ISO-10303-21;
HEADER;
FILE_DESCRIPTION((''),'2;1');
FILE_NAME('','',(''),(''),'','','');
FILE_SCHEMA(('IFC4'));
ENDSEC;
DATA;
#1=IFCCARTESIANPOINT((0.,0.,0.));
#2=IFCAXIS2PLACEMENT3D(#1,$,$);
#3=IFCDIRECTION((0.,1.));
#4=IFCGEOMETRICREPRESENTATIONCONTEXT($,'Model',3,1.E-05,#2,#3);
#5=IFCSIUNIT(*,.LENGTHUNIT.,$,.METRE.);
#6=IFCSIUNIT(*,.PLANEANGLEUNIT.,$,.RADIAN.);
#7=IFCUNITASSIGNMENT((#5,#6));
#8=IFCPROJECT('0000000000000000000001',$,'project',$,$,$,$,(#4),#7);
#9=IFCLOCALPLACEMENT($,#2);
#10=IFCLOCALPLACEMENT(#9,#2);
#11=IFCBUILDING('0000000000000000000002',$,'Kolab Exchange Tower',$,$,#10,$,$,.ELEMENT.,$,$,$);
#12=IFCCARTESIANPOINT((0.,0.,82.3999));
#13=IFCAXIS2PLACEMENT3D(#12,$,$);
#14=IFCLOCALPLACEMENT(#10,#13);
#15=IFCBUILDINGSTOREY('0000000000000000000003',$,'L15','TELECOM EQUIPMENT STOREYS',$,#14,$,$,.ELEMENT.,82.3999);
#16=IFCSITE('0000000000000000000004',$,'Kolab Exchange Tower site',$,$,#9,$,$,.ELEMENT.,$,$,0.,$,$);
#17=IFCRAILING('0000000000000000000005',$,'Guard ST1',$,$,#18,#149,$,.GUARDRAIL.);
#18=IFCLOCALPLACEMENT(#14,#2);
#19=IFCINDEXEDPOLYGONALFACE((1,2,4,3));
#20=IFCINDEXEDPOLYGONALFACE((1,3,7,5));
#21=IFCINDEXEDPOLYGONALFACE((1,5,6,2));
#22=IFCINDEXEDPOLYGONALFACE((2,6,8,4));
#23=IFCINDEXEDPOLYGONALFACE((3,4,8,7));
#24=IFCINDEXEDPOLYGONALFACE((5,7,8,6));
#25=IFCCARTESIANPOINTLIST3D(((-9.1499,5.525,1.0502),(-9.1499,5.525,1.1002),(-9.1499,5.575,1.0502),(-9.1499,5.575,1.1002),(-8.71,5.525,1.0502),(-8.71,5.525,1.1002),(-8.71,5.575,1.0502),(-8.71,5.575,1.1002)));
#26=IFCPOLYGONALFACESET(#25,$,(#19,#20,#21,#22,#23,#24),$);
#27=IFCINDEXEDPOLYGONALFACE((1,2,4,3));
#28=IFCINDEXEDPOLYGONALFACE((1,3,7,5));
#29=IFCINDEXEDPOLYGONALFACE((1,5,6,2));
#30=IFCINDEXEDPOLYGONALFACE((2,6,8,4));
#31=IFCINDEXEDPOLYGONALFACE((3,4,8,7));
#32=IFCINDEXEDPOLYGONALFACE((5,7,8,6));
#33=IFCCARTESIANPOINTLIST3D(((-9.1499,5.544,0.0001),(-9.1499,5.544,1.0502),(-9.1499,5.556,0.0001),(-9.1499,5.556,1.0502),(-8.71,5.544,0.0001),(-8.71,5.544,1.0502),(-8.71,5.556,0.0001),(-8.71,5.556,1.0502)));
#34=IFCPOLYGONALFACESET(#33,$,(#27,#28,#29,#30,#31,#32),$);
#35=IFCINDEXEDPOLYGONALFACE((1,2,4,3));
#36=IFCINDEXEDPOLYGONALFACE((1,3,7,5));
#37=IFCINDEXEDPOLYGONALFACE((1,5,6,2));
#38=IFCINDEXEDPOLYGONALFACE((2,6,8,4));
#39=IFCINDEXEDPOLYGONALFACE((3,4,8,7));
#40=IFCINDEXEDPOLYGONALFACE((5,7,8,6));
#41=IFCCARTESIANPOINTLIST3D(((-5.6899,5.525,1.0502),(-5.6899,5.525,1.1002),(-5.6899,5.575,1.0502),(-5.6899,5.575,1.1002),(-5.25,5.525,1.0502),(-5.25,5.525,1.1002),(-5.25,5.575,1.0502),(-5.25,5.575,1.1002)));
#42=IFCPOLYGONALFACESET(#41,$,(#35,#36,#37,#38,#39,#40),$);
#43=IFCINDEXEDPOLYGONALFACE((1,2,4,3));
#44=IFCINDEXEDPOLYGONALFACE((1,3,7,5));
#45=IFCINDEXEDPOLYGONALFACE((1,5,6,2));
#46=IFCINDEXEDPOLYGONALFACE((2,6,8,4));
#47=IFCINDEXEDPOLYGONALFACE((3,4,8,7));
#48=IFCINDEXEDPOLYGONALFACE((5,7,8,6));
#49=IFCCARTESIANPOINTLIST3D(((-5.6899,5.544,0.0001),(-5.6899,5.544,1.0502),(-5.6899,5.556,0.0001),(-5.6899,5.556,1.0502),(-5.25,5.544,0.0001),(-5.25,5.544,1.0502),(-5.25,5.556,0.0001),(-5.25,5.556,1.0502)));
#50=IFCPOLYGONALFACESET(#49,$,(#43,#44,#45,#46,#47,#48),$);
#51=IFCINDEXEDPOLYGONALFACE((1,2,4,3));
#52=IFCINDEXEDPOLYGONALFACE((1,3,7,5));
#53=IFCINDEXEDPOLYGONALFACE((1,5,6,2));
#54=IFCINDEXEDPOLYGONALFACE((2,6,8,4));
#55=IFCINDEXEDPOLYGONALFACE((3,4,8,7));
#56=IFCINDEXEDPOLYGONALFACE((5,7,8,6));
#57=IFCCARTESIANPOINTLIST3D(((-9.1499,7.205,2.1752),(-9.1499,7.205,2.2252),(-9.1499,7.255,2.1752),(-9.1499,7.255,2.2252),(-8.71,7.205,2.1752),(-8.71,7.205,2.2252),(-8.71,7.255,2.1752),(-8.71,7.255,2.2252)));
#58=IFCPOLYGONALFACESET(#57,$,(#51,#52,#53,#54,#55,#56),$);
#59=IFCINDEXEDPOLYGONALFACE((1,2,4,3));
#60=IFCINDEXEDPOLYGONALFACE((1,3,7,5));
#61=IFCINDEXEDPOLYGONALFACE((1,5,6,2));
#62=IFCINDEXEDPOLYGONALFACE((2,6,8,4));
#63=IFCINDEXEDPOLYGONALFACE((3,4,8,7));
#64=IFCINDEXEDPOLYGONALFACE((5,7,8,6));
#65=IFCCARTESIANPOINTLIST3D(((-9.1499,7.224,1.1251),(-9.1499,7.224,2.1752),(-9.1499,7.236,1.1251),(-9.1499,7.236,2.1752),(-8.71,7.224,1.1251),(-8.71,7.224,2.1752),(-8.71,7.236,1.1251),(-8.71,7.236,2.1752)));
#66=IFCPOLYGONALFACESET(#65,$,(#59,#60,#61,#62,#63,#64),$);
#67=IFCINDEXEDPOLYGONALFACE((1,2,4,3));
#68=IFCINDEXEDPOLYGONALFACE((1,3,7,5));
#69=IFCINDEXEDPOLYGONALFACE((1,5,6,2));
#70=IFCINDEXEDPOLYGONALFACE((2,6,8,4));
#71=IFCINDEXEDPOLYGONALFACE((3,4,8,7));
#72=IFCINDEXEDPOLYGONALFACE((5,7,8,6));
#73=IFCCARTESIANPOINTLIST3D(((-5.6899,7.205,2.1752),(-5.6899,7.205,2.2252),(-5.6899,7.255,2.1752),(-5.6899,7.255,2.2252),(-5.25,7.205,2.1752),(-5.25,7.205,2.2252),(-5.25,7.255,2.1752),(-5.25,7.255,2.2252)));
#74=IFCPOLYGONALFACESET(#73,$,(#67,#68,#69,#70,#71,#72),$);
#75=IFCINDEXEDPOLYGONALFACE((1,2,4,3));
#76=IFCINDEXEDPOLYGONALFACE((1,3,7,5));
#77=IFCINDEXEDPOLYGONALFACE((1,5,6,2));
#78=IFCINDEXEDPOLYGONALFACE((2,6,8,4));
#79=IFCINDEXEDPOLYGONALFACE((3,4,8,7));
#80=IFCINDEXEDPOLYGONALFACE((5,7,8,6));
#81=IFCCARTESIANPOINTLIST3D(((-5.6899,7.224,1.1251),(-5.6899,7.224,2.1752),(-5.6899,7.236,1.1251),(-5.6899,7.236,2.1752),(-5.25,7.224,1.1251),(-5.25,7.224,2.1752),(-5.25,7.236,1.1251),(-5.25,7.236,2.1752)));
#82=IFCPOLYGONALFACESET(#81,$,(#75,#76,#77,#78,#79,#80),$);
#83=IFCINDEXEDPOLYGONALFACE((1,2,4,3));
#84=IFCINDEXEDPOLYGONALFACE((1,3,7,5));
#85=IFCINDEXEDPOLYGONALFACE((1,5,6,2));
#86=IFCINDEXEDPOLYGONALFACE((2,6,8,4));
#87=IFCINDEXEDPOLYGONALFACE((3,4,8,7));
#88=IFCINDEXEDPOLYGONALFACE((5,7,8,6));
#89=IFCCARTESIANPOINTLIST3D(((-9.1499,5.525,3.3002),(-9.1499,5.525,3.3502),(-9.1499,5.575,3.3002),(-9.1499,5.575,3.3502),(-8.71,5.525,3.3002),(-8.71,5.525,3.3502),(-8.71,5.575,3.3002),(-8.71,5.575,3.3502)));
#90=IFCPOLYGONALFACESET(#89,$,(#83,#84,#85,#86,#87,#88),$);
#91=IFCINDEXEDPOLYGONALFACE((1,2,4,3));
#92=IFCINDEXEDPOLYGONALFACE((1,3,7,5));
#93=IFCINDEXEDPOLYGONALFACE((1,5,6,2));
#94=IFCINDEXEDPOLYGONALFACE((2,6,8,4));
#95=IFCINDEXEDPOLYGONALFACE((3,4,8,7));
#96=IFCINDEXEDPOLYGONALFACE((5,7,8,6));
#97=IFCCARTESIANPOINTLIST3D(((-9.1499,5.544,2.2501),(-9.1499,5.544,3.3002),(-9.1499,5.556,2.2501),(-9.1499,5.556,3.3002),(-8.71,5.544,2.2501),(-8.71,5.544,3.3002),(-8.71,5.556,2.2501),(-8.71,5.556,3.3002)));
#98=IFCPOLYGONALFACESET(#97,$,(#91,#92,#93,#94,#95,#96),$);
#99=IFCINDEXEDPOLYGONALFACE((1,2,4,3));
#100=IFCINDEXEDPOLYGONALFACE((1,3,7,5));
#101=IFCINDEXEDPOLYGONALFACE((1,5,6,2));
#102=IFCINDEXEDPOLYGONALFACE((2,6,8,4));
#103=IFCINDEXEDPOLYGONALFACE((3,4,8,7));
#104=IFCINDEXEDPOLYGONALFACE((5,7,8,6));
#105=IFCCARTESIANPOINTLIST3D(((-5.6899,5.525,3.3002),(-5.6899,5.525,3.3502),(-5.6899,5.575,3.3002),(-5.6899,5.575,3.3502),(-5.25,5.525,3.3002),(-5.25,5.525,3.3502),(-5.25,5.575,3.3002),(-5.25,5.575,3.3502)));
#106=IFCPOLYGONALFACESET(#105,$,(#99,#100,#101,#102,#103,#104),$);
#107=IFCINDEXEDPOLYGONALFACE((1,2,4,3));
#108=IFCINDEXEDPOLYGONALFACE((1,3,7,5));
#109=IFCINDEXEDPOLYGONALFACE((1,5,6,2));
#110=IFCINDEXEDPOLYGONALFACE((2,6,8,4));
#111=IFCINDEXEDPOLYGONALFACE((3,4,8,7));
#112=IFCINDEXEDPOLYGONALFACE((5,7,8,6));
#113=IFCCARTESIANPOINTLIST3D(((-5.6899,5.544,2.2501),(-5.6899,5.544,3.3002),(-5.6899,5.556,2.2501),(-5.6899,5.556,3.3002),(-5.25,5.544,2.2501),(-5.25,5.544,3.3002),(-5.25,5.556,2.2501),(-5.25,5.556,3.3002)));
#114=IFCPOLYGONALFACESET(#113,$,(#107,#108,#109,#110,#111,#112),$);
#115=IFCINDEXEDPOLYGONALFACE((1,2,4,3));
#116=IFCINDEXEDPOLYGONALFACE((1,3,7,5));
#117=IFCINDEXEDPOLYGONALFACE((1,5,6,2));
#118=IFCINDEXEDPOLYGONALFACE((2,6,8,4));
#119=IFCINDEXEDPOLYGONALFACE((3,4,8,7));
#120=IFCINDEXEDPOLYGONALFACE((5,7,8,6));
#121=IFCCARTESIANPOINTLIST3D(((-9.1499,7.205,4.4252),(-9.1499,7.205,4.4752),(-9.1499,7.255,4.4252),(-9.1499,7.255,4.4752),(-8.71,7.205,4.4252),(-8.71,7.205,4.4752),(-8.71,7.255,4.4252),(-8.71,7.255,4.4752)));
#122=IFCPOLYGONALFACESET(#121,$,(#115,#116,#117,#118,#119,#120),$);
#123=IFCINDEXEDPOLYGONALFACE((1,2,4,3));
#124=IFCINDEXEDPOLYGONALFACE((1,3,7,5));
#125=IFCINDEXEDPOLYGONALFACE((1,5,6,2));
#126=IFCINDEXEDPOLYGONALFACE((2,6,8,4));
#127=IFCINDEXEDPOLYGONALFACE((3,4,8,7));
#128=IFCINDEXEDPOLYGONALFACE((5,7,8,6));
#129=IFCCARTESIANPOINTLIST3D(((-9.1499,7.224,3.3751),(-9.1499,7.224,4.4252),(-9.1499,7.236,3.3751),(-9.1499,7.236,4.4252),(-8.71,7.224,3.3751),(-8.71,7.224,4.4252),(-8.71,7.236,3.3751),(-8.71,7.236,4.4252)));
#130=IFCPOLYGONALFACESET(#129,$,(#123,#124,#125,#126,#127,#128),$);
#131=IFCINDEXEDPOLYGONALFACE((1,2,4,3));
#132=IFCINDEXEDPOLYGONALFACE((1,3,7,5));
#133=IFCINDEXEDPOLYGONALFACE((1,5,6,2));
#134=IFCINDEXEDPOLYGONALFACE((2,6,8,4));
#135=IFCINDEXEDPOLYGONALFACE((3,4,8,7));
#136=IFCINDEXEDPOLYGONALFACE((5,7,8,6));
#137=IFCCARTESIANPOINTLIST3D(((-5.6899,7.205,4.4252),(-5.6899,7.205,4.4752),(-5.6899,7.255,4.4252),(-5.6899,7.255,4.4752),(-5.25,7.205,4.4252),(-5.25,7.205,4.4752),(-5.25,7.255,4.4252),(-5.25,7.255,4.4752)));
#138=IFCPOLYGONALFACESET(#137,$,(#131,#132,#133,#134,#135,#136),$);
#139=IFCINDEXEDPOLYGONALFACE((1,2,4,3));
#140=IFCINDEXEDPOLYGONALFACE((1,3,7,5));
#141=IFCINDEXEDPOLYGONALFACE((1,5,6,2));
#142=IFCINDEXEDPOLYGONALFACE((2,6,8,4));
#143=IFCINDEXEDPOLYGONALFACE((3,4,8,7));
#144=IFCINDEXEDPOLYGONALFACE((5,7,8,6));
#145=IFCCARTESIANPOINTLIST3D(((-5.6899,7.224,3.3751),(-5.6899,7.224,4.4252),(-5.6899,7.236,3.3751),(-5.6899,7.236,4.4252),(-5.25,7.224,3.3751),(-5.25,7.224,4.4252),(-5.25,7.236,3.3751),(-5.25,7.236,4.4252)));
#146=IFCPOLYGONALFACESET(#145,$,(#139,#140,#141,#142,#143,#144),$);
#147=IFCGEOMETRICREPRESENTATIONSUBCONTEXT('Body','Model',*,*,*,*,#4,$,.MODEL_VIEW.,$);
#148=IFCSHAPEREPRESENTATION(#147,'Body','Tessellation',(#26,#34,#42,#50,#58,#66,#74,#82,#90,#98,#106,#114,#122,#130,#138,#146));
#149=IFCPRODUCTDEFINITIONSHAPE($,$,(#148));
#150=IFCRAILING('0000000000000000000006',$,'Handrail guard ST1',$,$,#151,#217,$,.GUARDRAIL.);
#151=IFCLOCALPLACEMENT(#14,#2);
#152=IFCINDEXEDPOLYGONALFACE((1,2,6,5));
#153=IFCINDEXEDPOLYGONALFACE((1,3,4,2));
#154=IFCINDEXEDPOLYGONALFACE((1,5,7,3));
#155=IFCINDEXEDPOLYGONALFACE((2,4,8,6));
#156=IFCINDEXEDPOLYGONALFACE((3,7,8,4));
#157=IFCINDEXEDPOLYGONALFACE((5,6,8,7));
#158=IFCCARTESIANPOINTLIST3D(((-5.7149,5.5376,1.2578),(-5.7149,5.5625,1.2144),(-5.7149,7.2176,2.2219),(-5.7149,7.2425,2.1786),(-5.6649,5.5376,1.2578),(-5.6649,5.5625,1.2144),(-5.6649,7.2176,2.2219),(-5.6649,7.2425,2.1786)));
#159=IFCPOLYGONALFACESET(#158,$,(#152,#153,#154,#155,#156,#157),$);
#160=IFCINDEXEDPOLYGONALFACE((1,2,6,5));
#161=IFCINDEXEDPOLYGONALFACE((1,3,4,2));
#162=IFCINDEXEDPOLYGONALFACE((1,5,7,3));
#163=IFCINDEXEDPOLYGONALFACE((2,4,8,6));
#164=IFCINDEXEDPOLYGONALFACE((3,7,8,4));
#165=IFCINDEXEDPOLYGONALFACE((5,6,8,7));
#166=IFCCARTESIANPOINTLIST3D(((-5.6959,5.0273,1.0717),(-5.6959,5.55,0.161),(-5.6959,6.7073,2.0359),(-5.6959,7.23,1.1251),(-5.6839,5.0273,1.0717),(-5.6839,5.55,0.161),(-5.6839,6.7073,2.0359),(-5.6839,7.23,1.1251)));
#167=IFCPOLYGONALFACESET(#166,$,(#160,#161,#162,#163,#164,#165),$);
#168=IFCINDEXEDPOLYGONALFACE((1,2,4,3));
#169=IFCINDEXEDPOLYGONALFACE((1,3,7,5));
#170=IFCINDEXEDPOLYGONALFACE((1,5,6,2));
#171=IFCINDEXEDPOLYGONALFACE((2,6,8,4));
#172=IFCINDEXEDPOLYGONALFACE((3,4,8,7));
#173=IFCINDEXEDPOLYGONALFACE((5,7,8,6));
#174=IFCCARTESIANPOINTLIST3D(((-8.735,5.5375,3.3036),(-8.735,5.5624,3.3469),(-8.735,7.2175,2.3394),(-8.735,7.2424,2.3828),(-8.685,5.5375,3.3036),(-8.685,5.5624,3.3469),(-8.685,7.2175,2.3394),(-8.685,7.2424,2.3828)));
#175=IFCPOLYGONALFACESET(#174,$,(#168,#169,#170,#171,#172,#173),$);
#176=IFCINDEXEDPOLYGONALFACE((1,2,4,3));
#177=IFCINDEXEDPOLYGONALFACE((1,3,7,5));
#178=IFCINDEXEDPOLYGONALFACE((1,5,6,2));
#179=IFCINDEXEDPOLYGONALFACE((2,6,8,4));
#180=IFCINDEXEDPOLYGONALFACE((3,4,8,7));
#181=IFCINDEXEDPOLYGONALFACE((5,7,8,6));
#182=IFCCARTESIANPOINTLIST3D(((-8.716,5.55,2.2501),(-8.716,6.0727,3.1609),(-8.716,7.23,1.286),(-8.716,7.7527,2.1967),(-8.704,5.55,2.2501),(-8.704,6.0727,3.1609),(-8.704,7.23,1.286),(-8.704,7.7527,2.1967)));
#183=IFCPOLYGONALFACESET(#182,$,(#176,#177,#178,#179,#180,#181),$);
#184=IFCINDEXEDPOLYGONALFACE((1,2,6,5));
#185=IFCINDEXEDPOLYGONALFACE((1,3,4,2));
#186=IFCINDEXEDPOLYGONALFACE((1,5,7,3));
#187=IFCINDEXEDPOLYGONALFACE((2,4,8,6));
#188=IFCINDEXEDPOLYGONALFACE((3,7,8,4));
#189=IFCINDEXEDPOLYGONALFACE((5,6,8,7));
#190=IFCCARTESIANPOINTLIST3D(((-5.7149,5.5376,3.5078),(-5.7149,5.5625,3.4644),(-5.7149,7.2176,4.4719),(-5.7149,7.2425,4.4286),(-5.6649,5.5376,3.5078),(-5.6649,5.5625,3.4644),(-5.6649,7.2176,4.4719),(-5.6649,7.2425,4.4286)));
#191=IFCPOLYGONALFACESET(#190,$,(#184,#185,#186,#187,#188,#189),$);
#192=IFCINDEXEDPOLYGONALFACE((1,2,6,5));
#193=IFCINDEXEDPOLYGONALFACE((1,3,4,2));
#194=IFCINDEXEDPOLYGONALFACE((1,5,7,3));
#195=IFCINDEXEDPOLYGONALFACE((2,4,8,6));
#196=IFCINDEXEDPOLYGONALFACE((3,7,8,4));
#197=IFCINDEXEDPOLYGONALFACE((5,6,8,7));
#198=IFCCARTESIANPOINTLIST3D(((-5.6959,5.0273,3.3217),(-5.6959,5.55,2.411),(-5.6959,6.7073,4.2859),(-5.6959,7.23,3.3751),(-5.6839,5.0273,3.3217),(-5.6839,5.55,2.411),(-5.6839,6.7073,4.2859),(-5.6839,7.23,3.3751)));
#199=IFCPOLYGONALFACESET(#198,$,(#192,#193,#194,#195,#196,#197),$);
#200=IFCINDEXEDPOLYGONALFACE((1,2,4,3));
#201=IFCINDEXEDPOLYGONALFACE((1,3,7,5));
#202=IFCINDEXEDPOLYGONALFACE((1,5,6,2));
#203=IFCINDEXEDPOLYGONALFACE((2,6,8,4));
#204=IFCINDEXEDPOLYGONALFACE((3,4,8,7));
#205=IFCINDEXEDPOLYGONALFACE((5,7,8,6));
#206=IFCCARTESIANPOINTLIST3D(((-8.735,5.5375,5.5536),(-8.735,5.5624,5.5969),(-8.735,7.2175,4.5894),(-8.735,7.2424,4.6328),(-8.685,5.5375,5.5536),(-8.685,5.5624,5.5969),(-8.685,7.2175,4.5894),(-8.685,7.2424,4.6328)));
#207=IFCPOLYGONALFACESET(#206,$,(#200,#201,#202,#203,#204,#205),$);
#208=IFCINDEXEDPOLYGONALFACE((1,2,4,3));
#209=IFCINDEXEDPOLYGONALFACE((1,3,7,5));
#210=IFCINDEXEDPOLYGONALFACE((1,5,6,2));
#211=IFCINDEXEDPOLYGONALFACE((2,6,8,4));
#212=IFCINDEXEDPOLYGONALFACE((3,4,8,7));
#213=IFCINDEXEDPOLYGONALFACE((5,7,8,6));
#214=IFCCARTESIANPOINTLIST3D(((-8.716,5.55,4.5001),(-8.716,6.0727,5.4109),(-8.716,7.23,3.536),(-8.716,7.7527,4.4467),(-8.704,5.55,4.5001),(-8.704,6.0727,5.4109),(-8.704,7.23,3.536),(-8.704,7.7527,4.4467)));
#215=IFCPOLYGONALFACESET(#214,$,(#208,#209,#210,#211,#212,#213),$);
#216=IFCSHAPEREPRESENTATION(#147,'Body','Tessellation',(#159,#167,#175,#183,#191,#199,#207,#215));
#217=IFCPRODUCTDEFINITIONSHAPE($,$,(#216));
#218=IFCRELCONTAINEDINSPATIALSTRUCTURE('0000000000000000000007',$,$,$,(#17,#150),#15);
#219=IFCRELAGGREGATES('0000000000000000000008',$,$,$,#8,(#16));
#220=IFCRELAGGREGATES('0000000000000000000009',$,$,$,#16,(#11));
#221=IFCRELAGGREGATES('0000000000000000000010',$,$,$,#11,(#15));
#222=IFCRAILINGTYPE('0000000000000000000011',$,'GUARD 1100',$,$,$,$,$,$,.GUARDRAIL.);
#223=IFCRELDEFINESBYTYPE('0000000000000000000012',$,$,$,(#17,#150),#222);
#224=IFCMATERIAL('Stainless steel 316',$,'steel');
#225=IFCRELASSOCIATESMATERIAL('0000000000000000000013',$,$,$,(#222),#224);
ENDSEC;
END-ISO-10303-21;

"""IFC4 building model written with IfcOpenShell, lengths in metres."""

from ifc_helpers import new_model, si_unit, direction, frame, frame_2d, origin, origin_2d, place, context, subcontext, project, spatial, rectangle, extrude, material, type_object, element, save


model = new_model("IFC4")

# Units and contexts
model_context = context("Model", 3, precision=1e-05, world=origin(), true_north=direction((0.0, 1.0)))
body_context = subcontext(model_context, "Body", "Model", "MODEL_VIEW")
ifc_project = project(units=[si_unit("LENGTHUNIT", "METRE"), si_unit("PLANEANGLEUNIT", "RADIAN")], contexts=[model_context])

# Site, building, storey
site_placement = place(None, origin())
site = spatial("IfcSite", under=ifc_project, at=site_placement, Name="Kolab Exchange Tower site", CompositionType="ELEMENT", RefElevation=0.0)
building_placement = place(site_placement, origin())
building = spatial("IfcBuilding", under=site, at=building_placement, Name="Kolab Exchange Tower", CompositionType="ELEMENT")
storey_placement = place(building_placement, frame((0.0, 0.0, 82.3999)))
storey = spatial("IfcBuildingStorey", under=building, at=storey_placement, Name="L15", Description="TELECOM EQUIPMENT STOREYS", CompositionType="ELEMENT", Elevation=82.3999)

# Railings
ifc_material_1 = material(Name="Stainless steel 316", Category="steel")
railing_type = type_object("IfcRailingType", Name="GUARD 1100", PredefinedType="GUARDRAIL", material=ifc_material_1)
railing_1_placement = place(storey_placement, frame((-9.1499, 5.55, 0.0)))
element("IfcRailing", 1, at=railing_1_placement, inside=storey, type_object=railing_type, Name="Guard ST1", PredefinedType="GUARDRAIL", context=body_context, shape_type="SweptSolid", body=[
    extrude(rectangle(XDim=0.05, YDim=0.05, at=origin_2d()), frame((0.0, 0.0, 1.0752), z_axis=(1.0, 0.0, 0.0), x_axis=(0.0, 1.0, 0.0)), (0.0, 0.0, 1.0), 0.4399),
    extrude(rectangle(XDim=0.012, YDim=1.0501, at=frame_2d((0.0, 0.5251))), frame((0.0, 0.0, 0.0), z_axis=(1.0, 0.0, 0.0), x_axis=(0.0, 1.0, 0.0)), (0.0, 0.0, 1.0), 0.4399),
    extrude(rectangle(XDim=0.05, YDim=0.05, at=origin_2d()), frame((3.46, 0.0, 1.0752), z_axis=(1.0, 0.0, 0.0), x_axis=(0.0, 1.0, 0.0)), (0.0, 0.0, 1.0), 0.4399),
    extrude(rectangle(XDim=0.012, YDim=1.0501, at=frame_2d((0.0, 0.5251))), frame((3.46, 0.0, 0.0), z_axis=(1.0, 0.0, 0.0), x_axis=(0.0, 1.0, 0.0)), (0.0, 0.0, 1.0), 0.4399),
    extrude(rectangle(XDim=0.05, YDim=0.05, at=origin_2d()), frame((0.0, 1.6799, 2.2002), z_axis=(1.0, 0.0, 0.0), x_axis=(0.0, 1.0, 0.0)), (0.0, 0.0, 1.0), 0.4399),
    extrude(rectangle(XDim=0.012, YDim=1.0501, at=frame_2d((0.0, 0.5251))), frame((0.0, 1.6799, 1.125), z_axis=(1.0, 0.0, 0.0), x_axis=(0.0, 1.0, 0.0)), (0.0, 0.0, 1.0), 0.4399),
    extrude(rectangle(XDim=0.05, YDim=0.05, at=origin_2d()), frame((3.46, 1.6799, 2.2002), z_axis=(1.0, 0.0, 0.0), x_axis=(0.0, 1.0, 0.0)), (0.0, 0.0, 1.0), 0.4399),
    extrude(rectangle(XDim=0.012, YDim=1.0501, at=frame_2d((0.0, 0.5251))), frame((3.46, 1.6799, 1.125), z_axis=(1.0, 0.0, 0.0), x_axis=(0.0, 1.0, 0.0)), (0.0, 0.0, 1.0), 0.4399),
    extrude(rectangle(XDim=0.05, YDim=0.05, at=origin_2d()), frame((0.0, 0.0, 3.3252), z_axis=(1.0, 0.0, 0.0), x_axis=(0.0, 1.0, 0.0)), (0.0, 0.0, 1.0), 0.4399),
    extrude(rectangle(XDim=0.012, YDim=1.0501, at=frame_2d((0.0, 0.5251))), frame((0.0, 0.0, 2.25), z_axis=(1.0, 0.0, 0.0), x_axis=(0.0, 1.0, 0.0)), (0.0, 0.0, 1.0), 0.4399),
    extrude(rectangle(XDim=0.05, YDim=0.05, at=origin_2d()), frame((3.46, 0.0, 3.3252), z_axis=(1.0, 0.0, 0.0), x_axis=(0.0, 1.0, 0.0)), (0.0, 0.0, 1.0), 0.4399),
    extrude(rectangle(XDim=0.012, YDim=1.0501, at=frame_2d((0.0, 0.5251))), frame((3.46, 0.0, 2.25), z_axis=(1.0, 0.0, 0.0), x_axis=(0.0, 1.0, 0.0)), (0.0, 0.0, 1.0), 0.4399),
    extrude(rectangle(XDim=0.05, YDim=0.05, at=origin_2d()), frame((0.0, 1.6799, 4.4502), z_axis=(1.0, 0.0, 0.0), x_axis=(0.0, 1.0, 0.0)), (0.0, 0.0, 1.0), 0.4399),
    extrude(rectangle(XDim=0.012, YDim=1.0501, at=frame_2d((0.0, 0.5251))), frame((0.0, 1.6799, 3.375), z_axis=(1.0, 0.0, 0.0), x_axis=(0.0, 1.0, 0.0)), (0.0, 0.0, 1.0), 0.4399),
    extrude(rectangle(XDim=0.05, YDim=0.05, at=origin_2d()), frame((3.46, 1.6799, 4.4502), z_axis=(1.0, 0.0, 0.0), x_axis=(0.0, 1.0, 0.0)), (0.0, 0.0, 1.0), 0.4399),
    extrude(rectangle(XDim=0.012, YDim=1.0501, at=frame_2d((0.0, 0.5251))), frame((3.46, 1.6799, 3.375), z_axis=(1.0, 0.0, 0.0), x_axis=(0.0, 1.0, 0.0)), (0.0, 0.0, 1.0), 0.4399),
])
railing_2_placement = place(storey_placement, frame((-5.6899, 5.55, 0.1609)))
element("IfcRailing", 2, at=railing_2_placement, inside=storey, type_object=railing_type, Name="Handrail guard ST1", PredefinedType="GUARDRAIL", context=body_context, shape_type="SweptSolid", body=[
    extrude(rectangle(XDim=0.05, YDim=0.05, at=origin_2d()), frame((0.0, 0.0, 1.0752), z_axis=(0.0, 0.867319, 0.497753), x_axis=(-1.0, 0.0, 0.0)), (0.0, 0.0, 1.0), 1.937),
    extrude(rectangle(XDim=0.012, YDim=1.0501, at=frame_2d((0.0, 0.5251))), frame((0.0, 0.0, 0.0), z_axis=(0.0, 0.867319, 0.497753), x_axis=(-1.0, 0.0, 0.0)), (0.0, 0.0, 1.0), 1.937),
    extrude(rectangle(XDim=0.05, YDim=0.05, at=origin_2d()), frame((-3.02, 1.6799, 2.2002), z_axis=(0.0, -0.867319, 0.497753), x_axis=(1.0, 0.0, 0.0)), (0.0, 0.0, 1.0), 1.937),
    extrude(rectangle(XDim=0.012, YDim=1.0501, at=frame_2d((0.0, 0.5251))), frame((-3.02, 1.6799, 1.125), z_axis=(0.0, -0.867319, 0.497753), x_axis=(1.0, 0.0, 0.0)), (0.0, 0.0, 1.0), 1.937),
    extrude(rectangle(XDim=0.05, YDim=0.05, at=origin_2d()), frame((0.0, 0.0, 3.3252), z_axis=(0.0, 0.867319, 0.497753), x_axis=(-1.0, 0.0, 0.0)), (0.0, 0.0, 1.0), 1.937),
    extrude(rectangle(XDim=0.012, YDim=1.0501, at=frame_2d((0.0, 0.5251))), frame((0.0, 0.0, 2.25), z_axis=(0.0, 0.867319, 0.497753), x_axis=(-1.0, 0.0, 0.0)), (0.0, 0.0, 1.0), 1.937),
    extrude(rectangle(XDim=0.05, YDim=0.05, at=origin_2d()), frame((-3.02, 1.6799, 4.4502), z_axis=(0.0, -0.867319, 0.497753), x_axis=(1.0, 0.0, 0.0)), (0.0, 0.0, 1.0), 1.937),
    extrude(rectangle(XDim=0.012, YDim=1.0501, at=frame_2d((0.0, 0.5251))), frame((-3.02, 1.6799, 3.375), z_axis=(0.0, -0.867319, 0.497753), x_axis=(1.0, 0.0, 0.0)), (0.0, 0.0, 1.0), 1.937),
])

save(model, "model.ifc")
